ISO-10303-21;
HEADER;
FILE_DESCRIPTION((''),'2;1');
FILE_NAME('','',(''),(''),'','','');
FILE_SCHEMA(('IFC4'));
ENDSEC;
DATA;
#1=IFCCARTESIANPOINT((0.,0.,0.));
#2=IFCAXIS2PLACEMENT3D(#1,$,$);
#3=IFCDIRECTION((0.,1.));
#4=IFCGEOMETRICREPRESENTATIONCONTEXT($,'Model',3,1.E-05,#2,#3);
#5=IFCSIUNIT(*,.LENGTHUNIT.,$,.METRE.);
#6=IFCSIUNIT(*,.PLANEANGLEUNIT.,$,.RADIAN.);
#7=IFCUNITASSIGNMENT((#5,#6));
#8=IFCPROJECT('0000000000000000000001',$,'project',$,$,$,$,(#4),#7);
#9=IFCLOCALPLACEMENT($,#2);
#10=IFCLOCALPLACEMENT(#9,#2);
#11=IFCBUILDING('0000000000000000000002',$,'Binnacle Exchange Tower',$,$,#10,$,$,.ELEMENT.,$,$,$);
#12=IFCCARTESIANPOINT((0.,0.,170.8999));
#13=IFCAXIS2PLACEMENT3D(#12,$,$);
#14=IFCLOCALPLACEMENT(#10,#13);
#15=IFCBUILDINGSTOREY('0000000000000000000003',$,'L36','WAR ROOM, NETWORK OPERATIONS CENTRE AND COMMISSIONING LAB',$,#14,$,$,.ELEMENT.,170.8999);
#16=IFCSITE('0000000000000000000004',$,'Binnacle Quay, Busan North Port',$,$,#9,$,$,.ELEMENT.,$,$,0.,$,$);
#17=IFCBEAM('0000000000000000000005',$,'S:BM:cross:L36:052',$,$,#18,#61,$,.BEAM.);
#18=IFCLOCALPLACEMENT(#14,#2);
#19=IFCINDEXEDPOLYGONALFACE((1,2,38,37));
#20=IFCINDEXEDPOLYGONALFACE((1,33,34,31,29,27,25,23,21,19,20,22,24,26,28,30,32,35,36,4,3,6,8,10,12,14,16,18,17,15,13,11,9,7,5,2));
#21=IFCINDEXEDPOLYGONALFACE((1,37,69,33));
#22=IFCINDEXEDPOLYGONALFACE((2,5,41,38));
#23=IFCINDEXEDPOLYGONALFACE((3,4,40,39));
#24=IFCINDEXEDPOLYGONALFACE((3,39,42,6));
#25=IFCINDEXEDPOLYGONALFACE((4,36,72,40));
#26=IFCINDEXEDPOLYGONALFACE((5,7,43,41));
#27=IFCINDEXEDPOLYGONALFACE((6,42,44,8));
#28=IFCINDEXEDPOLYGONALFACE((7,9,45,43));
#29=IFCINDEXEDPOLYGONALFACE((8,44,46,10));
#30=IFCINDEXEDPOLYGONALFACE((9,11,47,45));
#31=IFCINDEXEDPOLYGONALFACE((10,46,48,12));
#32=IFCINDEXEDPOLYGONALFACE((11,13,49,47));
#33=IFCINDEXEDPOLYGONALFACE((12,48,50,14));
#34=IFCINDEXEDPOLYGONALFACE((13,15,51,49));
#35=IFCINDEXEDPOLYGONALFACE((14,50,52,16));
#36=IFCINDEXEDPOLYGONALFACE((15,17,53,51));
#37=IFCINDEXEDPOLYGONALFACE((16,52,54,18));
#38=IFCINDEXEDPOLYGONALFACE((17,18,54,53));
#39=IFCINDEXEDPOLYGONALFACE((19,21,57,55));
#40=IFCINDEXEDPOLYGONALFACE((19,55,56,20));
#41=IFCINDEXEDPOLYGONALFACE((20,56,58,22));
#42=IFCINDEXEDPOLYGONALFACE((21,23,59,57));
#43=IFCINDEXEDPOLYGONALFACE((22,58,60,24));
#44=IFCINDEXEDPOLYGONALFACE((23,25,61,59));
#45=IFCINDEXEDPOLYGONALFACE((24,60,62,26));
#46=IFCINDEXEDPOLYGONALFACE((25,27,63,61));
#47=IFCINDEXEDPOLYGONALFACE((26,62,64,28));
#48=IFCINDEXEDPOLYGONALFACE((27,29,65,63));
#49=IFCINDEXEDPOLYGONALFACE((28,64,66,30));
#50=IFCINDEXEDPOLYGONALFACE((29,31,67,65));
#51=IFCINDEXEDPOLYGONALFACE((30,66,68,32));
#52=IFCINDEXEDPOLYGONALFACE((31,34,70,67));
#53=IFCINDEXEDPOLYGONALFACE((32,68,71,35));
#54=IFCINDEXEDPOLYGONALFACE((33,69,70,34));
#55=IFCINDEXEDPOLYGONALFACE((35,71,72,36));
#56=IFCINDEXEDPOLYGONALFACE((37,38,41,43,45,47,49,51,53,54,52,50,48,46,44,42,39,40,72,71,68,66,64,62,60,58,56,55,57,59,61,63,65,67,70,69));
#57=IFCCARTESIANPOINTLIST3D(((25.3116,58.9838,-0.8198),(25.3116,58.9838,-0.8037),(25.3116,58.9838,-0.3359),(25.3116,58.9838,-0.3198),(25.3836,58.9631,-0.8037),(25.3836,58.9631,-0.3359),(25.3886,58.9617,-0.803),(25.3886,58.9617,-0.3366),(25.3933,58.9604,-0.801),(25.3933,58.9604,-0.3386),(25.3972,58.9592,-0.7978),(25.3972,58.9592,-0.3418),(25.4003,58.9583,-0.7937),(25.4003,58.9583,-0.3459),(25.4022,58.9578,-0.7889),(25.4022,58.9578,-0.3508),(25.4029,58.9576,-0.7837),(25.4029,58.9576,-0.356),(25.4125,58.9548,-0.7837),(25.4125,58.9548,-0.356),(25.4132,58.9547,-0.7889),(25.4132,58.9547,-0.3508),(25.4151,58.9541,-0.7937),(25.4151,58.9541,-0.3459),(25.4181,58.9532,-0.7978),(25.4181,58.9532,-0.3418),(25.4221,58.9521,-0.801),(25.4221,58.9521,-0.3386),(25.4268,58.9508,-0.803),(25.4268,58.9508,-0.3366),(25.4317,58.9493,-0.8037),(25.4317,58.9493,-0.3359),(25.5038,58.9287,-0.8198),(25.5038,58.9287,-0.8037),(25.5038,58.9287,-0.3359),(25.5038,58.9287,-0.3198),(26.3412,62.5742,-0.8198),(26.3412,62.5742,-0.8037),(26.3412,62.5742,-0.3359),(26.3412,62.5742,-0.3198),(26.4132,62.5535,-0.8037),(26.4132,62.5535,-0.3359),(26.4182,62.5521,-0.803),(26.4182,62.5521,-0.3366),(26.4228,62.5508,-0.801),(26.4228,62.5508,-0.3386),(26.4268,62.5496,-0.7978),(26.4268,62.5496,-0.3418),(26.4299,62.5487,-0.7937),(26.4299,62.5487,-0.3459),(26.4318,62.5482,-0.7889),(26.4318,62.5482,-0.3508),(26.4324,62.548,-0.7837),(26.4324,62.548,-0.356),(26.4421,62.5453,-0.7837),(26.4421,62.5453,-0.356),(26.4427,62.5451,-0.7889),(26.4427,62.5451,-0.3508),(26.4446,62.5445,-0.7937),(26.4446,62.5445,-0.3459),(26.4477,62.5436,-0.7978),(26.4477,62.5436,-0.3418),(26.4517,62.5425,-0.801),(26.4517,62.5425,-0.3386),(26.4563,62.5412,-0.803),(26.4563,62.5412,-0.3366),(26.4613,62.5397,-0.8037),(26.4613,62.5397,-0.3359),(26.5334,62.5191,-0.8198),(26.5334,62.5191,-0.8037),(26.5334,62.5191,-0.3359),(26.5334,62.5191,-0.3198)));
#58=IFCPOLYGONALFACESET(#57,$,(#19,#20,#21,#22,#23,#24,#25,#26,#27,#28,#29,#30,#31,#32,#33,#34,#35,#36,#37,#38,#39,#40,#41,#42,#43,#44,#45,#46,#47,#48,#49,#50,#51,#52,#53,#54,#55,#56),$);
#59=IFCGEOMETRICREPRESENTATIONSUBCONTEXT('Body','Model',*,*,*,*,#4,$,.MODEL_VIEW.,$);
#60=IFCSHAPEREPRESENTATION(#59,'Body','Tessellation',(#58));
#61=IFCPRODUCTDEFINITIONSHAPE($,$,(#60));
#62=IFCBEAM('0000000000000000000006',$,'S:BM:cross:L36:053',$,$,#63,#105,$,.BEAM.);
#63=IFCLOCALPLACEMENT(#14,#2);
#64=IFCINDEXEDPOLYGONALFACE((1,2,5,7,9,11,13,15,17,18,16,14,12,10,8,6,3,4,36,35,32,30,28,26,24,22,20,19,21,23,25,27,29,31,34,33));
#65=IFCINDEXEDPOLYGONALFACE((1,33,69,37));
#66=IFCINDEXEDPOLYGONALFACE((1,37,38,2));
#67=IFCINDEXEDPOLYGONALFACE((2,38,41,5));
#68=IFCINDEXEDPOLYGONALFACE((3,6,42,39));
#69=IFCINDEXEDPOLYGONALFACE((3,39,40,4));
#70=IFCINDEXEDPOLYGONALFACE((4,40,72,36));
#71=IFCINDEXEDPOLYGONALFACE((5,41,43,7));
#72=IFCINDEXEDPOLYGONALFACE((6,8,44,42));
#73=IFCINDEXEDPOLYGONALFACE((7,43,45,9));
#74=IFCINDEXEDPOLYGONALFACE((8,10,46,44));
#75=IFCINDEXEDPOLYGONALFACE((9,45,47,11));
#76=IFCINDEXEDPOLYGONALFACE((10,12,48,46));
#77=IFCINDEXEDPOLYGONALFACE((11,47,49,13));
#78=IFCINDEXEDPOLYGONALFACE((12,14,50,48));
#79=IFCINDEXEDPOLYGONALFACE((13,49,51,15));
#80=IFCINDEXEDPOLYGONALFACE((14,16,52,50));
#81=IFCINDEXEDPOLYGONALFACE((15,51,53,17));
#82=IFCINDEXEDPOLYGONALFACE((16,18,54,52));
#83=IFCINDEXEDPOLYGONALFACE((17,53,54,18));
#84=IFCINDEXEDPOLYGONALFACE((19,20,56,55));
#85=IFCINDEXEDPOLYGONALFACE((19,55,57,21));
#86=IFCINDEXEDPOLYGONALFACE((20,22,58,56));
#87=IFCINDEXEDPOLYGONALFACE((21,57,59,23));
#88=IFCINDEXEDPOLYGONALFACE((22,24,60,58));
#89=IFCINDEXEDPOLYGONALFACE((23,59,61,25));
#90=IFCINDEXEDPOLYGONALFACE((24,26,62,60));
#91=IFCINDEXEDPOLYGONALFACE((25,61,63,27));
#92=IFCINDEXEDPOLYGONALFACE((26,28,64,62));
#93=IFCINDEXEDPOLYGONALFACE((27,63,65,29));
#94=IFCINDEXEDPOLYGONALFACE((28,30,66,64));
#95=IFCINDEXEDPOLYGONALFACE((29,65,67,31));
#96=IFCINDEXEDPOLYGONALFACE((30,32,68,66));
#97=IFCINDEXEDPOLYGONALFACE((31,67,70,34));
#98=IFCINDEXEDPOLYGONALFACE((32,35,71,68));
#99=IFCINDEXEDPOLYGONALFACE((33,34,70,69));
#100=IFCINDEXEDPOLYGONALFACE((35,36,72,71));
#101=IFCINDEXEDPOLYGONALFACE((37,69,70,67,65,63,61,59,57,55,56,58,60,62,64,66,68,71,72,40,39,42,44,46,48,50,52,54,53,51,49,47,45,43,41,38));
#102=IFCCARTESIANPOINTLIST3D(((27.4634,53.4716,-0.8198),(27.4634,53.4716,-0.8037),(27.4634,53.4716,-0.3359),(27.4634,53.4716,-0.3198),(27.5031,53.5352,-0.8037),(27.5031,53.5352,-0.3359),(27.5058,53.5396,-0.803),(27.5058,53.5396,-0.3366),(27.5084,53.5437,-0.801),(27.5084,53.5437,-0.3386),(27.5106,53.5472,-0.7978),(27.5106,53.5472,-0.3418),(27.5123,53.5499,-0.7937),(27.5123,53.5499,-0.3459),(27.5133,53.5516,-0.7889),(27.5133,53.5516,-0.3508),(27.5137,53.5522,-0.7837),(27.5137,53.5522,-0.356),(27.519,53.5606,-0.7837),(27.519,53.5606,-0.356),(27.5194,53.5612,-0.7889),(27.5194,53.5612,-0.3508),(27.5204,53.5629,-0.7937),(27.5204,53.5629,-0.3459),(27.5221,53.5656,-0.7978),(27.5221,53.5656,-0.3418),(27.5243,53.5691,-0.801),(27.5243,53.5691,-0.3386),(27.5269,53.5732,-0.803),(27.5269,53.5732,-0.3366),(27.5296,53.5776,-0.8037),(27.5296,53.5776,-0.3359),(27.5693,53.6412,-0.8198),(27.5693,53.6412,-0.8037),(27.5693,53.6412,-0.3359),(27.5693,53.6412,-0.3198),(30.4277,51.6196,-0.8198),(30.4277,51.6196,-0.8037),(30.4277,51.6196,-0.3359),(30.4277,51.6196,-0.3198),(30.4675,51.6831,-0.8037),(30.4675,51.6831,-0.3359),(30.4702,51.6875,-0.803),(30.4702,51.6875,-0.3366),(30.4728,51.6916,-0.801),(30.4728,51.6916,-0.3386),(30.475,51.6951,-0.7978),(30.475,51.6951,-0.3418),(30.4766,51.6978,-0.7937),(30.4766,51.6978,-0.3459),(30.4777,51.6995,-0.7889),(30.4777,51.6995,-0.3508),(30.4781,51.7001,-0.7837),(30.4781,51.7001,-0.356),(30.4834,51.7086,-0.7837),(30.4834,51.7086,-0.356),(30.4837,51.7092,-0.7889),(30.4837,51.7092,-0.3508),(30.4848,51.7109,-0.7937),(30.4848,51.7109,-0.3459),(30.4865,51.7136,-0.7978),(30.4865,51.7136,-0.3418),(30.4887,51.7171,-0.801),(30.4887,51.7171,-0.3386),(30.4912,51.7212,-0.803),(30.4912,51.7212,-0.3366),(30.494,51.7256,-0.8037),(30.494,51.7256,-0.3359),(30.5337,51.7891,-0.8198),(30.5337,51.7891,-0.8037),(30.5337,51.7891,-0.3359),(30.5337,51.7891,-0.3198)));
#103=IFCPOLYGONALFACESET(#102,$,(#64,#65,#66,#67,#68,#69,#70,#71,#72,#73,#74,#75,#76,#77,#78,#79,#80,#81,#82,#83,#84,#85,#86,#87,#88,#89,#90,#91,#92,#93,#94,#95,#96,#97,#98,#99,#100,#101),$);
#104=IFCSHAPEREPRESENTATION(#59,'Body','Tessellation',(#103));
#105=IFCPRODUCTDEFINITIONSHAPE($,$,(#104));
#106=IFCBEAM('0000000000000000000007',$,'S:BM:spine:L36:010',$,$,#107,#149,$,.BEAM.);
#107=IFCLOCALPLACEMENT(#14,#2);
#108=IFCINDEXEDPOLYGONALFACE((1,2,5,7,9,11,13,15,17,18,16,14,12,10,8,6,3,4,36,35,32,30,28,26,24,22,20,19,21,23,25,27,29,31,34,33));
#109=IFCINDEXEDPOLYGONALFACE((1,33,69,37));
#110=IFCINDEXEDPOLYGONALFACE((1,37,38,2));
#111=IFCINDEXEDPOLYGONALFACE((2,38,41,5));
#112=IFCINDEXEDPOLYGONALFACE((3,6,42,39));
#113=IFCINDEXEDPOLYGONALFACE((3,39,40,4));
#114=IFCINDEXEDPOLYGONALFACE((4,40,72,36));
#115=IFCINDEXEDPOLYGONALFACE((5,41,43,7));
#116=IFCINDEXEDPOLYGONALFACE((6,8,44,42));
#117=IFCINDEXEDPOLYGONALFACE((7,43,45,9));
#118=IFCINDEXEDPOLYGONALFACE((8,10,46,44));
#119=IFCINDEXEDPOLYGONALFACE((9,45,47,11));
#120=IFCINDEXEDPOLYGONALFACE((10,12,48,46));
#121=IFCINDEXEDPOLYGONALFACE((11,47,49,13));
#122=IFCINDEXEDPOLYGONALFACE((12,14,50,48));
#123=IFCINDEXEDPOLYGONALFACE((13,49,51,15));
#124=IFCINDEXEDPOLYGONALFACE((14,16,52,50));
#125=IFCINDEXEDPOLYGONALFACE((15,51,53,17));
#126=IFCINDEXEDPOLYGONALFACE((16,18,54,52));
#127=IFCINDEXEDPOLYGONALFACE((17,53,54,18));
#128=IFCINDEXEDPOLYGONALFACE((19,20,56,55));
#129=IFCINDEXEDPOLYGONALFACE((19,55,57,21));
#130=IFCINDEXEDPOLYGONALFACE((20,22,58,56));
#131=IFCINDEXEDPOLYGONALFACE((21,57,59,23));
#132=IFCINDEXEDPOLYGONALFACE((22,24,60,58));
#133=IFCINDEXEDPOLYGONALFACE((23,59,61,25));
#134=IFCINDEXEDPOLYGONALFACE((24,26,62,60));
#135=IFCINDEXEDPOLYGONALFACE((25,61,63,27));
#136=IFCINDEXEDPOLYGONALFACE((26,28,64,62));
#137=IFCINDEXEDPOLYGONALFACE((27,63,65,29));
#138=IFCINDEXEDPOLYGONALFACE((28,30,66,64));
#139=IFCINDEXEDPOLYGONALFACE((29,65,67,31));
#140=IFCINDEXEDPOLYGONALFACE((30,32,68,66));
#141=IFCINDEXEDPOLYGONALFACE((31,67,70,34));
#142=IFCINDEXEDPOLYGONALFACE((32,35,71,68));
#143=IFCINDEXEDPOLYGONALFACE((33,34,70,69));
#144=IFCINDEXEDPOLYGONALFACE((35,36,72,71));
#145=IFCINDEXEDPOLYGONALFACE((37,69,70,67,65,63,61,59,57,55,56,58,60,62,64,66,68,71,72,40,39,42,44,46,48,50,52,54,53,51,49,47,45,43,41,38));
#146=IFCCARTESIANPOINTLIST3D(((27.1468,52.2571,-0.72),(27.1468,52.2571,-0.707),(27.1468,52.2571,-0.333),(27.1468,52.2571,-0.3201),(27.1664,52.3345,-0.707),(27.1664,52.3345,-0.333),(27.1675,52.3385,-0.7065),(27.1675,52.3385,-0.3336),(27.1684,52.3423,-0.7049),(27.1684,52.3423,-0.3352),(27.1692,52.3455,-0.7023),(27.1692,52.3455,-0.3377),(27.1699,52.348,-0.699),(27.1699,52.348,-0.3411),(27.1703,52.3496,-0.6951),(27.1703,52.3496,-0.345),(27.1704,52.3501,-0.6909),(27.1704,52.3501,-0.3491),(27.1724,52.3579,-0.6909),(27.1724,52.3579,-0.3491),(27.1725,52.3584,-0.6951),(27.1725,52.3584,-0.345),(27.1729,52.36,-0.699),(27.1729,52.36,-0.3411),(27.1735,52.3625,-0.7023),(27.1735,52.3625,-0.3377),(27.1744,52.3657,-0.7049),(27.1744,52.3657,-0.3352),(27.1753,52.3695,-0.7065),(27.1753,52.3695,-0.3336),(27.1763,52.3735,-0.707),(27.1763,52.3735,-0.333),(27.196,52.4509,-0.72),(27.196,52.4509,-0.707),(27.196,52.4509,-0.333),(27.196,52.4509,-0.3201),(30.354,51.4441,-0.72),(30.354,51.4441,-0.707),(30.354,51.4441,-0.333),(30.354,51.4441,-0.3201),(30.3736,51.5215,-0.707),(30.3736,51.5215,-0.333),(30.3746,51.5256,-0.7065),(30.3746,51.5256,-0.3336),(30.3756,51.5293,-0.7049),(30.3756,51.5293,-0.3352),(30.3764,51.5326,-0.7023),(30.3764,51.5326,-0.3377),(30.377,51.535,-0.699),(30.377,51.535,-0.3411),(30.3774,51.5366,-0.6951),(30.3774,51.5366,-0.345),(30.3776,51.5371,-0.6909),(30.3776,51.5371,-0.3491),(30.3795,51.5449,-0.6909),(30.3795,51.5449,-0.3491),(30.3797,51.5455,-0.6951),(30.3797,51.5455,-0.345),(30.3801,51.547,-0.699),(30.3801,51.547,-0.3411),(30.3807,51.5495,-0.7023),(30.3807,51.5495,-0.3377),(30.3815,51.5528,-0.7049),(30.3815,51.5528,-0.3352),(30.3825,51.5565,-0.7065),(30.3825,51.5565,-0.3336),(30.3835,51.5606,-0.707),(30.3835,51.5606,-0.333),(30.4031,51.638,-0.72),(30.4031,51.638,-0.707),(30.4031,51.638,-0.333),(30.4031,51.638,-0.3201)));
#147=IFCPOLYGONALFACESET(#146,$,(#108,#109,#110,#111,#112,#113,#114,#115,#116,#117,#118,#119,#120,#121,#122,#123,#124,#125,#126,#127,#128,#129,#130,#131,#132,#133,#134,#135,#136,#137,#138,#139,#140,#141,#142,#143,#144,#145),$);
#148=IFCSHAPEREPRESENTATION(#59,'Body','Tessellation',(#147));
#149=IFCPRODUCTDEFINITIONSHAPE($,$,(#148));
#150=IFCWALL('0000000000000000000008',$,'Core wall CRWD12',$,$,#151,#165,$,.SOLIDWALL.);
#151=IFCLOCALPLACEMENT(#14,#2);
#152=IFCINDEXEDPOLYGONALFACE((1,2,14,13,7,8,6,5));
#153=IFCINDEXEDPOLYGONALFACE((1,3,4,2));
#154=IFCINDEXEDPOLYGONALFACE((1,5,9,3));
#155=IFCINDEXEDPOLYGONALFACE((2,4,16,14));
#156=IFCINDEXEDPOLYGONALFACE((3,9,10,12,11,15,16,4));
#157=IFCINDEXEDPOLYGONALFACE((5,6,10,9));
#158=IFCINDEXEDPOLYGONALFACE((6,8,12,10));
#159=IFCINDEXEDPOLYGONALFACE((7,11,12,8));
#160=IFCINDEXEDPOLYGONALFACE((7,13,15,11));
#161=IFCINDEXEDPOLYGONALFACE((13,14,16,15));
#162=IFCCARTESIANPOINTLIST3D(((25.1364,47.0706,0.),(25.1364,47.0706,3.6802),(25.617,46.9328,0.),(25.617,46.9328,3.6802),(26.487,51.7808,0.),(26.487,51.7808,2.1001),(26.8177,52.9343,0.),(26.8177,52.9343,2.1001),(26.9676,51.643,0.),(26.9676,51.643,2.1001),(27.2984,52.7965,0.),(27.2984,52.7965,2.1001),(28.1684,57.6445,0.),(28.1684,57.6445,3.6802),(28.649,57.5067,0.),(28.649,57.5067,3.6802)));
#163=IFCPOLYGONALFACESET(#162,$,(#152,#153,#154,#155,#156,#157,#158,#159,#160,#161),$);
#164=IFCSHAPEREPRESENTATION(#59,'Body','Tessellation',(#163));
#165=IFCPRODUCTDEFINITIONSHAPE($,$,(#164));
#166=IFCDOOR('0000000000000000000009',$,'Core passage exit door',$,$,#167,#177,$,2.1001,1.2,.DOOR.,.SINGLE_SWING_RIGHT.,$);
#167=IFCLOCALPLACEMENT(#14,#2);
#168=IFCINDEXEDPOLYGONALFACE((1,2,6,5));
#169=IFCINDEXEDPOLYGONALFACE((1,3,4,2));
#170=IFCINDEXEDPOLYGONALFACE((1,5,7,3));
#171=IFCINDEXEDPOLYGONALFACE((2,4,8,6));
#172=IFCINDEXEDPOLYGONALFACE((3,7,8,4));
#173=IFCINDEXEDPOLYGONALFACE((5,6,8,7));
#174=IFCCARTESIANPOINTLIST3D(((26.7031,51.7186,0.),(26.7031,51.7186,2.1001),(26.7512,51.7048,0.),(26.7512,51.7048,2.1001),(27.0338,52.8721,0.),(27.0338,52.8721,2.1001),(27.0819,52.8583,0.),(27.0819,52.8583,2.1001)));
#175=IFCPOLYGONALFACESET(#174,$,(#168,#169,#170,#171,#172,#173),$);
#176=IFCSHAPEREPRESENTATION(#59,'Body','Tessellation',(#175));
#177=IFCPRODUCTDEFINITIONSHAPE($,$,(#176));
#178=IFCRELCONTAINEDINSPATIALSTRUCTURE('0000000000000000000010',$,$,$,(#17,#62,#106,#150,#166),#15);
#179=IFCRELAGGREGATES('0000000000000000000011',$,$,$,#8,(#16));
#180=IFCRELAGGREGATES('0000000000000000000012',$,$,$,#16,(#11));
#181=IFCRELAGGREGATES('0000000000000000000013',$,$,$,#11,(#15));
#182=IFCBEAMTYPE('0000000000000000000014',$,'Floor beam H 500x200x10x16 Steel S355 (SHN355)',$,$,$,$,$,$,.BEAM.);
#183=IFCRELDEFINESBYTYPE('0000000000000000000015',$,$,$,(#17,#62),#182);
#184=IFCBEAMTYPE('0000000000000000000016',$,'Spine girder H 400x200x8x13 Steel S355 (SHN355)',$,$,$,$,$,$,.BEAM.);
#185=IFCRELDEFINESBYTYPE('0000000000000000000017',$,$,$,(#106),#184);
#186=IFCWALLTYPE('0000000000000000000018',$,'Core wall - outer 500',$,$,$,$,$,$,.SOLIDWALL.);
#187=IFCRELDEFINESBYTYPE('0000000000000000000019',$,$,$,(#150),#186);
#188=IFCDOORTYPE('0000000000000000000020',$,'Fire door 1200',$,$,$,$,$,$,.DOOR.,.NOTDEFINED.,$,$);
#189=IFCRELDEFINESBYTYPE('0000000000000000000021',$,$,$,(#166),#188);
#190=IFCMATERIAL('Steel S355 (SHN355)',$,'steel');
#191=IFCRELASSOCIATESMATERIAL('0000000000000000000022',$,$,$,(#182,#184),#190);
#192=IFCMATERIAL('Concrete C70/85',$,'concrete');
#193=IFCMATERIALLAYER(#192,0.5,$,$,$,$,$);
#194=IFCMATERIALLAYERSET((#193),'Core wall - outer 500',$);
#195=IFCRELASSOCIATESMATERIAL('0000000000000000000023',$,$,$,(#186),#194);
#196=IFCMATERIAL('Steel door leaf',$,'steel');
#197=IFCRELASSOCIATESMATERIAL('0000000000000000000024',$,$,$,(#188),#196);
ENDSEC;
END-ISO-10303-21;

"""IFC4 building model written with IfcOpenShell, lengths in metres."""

from ifc_helpers import new_model, si_unit, direction, frame, frame_2d, origin, origin_2d, place, context, subcontext, project, spatial, rectangle, i_section, extrude, material, layer, layer_set, material_profile, profile_set, type_object, element, fill, save


model = new_model("IFC4")

# Units and contexts
model_context = context("Model", 3, precision=1e-05, world=origin(), true_north=direction((0.0, 1.0)))
body_context = subcontext(model_context, "Body", "Model", "MODEL_VIEW")
ifc_project = project(units=[si_unit("LENGTHUNIT", "METRE"), si_unit("PLANEANGLEUNIT", "RADIAN")], contexts=[model_context])

# Site, building, storey
site_placement = place(None, origin())
site = spatial("IfcSite", under=ifc_project, at=site_placement, Name="Binnacle Quay, Busan North Port", CompositionType="ELEMENT", RefElevation=0.0)
building_placement = place(site_placement, origin())
building = spatial("IfcBuilding", under=site, at=building_placement, Name="Binnacle Exchange Tower", CompositionType="ELEMENT")
storey_placement = place(building_placement, frame((0.0, 0.0, 170.8999)))
storey = spatial("IfcBuildingStorey", under=building, at=storey_placement, Name="L36", Description="WAR ROOM, NETWORK OPERATIONS CENTRE AND COMMISSIONING LAB", CompositionType="ELEMENT", Elevation=170.8999)

# Shared definitions
ifc_material_1 = material(Name="Concrete C70/85", Category="concrete")

# Beams
ifc_material_2 = material(Name="Steel S355 (SHN355)", Category="steel")
ifc_material_profile_1 = material_profile(ifc_material_2, i_section(OverallWidth=0.2, OverallDepth=0.5, WebThickness=0.01, FlangeThickness=0.0161, FilletRadius=0.02, at=origin_2d()), Name="H 500x200x10x16")
ifc_profile_set_1 = profile_set([ifc_material_profile_1], Name="Steel S355 (SHN355)")
beam_type_1 = type_object("IfcBeamType", Name="Floor beam H 500x200x10x16 Steel S355 (SHN355)", PredefinedType="BEAM", material=ifc_profile_set_1)
beam_1_placement = place(storey_placement, frame((26.4373, 62.5466, -0.5698), z_axis=(-0.275645, -0.96126, 0.0), x_axis=(0.96126, -0.275645, 0.0)))
element("IfcBeam", 1, at=beam_1_placement, inside=storey, type_object=beam_type_1, Name="S:BM:cross:L36:052", PredefinedType="BEAM", context=body_context, shape_type="SweptSolid", body=[
    extrude(i_section(OverallWidth=0.2, OverallDepth=0.5, WebThickness=0.01, FlangeThickness=0.0161, FilletRadius=0.02, at=origin_2d()), origin(), (0.0, 0.0, 1.0), 3.7351),
])
beam_2_placement = place(storey_placement, frame((30.4807, 51.7043, -0.5698), z_axis=(-0.848085, 0.529861, 0.0), x_axis=(-0.529861, -0.848085, 0.0)))
element("IfcBeam", 2, at=beam_2_placement, inside=storey, type_object=beam_type_1, Name="S:BM:cross:L36:053", PredefinedType="BEAM", context=body_context, shape_type="SweptSolid", body=[
    extrude(i_section(OverallWidth=0.2, OverallDepth=0.5, WebThickness=0.01, FlangeThickness=0.0161, FilletRadius=0.02, at=origin_2d()), origin(), (0.0, 0.0, 1.0), 3.4954),
])
ifc_material_profile_2 = material_profile(ifc_material_2, i_section(OverallWidth=0.2, OverallDepth=0.3999, WebThickness=0.0081, FlangeThickness=0.0129, FilletRadius=0.0161, at=origin_2d()), Name="H 400x200x8x13")
ifc_profile_set_2 = profile_set([ifc_material_profile_2], Name="Steel S355 (SHN355)")
beam_type_2 = type_object("IfcBeamType", Name="Spine girder H 400x200x8x13 Steel S355 (SHN355)", PredefinedType="BEAM", material=ifc_profile_set_2)
beam_3_placement = place(storey_placement, frame((27.1714, 52.354, -0.52), z_axis=(0.969343, -0.245712, 0.0), x_axis=(0.245712, 0.969343, 0.0)))
element("IfcBeam", 3, at=beam_3_placement, inside=storey, type_object=beam_type_2, Name="S:BM:spine:L36:010", PredefinedType="BEAM", context=body_context, shape_type="SweptSolid", body=[
    extrude(i_section(OverallWidth=0.2, OverallDepth=0.3999, WebThickness=0.0081, FlangeThickness=0.0129, FilletRadius=0.0161, at=origin_2d()), origin(), (0.0, 0.0, 1.0), 3.3086),
])

# Wall, opening, door
ifc_layer_1 = layer(ifc_material_1, 0.5)
ifc_layer_set_1 = layer_set([ifc_layer_1], Name="Core wall - outer 500")
wall_type_1 = type_object("IfcWallType", Name="Core wall - outer 500", PredefinedType="SOLIDWALL", material=ifc_layer_set_1)
wall_1_placement = place(storey_placement, frame((25.3767, 47.0017, 0.0), z_axis=(0.0, 0.0, 1.0), x_axis=(0.275633, 0.961263, 0.0)))
wall_1 = element("IfcWall", 4, at=wall_1_placement, inside=storey, type_object=wall_type_1, Name="Core wall CRWD12", PredefinedType="SOLIDWALL", context=body_context, shape_type="SweptSolid", body=[
    extrude(rectangle(XDim=11.0, YDim=0.5, at=frame_2d((5.5, 0.0))), origin(), (0.0, 0.0, 1.0), 3.6802),
])
opening_1_placement = place(wall_1_placement, frame((4.8999, 0.0, 0.0)))
opening_1 = element("IfcOpeningElement", 5, at=opening_1_placement, cuts=wall_1, PredefinedType="OPENING", context=body_context, shape_type="SweptSolid", body=[
    extrude(rectangle(XDim=1.2, YDim=2.1001, at=frame_2d((0.6001, 1.05))), frame((0.0, 0.26, 0.0), z_axis=(0.0, -1.0, 0.0), x_axis=(1.0, 0.0, 0.0)), (0.0, 0.0, 1.0), 0.52),
])
ifc_material_3 = material(Name="Steel door leaf", Category="steel")
door_type_1 = type_object("IfcDoorType", Name="Fire door 1200", OperationType="NOTDEFINED", PredefinedType="DOOR", material=ifc_material_3)
door_1_placement = place(opening_1_placement, frame((1.2, 0.0, 0.0), z_axis=(0.0, 0.0, 1.0), x_axis=(-1.0, 0.0, 0.0)))
door_1 = element("IfcDoor", 6, at=door_1_placement, inside=storey, type_object=door_type_1, Name="Core passage exit door", OperationType="SINGLE_SWING_RIGHT", OverallHeight=2.1001, OverallWidth=1.2, PredefinedType="DOOR", context=body_context, shape_type="SweptSolid", body=[
    extrude(rectangle(XDim=1.2, YDim=2.1001, at=frame_2d((0.6001, 1.05))), frame((0.0, 0.0249, 0.0), z_axis=(0.0, -1.0, 0.0), x_axis=(1.0, 0.0, 0.0)), (0.0, 0.0, 1.0), 0.05),
])
fill(opening_1, door_1)

save(model, "model.ifc")
